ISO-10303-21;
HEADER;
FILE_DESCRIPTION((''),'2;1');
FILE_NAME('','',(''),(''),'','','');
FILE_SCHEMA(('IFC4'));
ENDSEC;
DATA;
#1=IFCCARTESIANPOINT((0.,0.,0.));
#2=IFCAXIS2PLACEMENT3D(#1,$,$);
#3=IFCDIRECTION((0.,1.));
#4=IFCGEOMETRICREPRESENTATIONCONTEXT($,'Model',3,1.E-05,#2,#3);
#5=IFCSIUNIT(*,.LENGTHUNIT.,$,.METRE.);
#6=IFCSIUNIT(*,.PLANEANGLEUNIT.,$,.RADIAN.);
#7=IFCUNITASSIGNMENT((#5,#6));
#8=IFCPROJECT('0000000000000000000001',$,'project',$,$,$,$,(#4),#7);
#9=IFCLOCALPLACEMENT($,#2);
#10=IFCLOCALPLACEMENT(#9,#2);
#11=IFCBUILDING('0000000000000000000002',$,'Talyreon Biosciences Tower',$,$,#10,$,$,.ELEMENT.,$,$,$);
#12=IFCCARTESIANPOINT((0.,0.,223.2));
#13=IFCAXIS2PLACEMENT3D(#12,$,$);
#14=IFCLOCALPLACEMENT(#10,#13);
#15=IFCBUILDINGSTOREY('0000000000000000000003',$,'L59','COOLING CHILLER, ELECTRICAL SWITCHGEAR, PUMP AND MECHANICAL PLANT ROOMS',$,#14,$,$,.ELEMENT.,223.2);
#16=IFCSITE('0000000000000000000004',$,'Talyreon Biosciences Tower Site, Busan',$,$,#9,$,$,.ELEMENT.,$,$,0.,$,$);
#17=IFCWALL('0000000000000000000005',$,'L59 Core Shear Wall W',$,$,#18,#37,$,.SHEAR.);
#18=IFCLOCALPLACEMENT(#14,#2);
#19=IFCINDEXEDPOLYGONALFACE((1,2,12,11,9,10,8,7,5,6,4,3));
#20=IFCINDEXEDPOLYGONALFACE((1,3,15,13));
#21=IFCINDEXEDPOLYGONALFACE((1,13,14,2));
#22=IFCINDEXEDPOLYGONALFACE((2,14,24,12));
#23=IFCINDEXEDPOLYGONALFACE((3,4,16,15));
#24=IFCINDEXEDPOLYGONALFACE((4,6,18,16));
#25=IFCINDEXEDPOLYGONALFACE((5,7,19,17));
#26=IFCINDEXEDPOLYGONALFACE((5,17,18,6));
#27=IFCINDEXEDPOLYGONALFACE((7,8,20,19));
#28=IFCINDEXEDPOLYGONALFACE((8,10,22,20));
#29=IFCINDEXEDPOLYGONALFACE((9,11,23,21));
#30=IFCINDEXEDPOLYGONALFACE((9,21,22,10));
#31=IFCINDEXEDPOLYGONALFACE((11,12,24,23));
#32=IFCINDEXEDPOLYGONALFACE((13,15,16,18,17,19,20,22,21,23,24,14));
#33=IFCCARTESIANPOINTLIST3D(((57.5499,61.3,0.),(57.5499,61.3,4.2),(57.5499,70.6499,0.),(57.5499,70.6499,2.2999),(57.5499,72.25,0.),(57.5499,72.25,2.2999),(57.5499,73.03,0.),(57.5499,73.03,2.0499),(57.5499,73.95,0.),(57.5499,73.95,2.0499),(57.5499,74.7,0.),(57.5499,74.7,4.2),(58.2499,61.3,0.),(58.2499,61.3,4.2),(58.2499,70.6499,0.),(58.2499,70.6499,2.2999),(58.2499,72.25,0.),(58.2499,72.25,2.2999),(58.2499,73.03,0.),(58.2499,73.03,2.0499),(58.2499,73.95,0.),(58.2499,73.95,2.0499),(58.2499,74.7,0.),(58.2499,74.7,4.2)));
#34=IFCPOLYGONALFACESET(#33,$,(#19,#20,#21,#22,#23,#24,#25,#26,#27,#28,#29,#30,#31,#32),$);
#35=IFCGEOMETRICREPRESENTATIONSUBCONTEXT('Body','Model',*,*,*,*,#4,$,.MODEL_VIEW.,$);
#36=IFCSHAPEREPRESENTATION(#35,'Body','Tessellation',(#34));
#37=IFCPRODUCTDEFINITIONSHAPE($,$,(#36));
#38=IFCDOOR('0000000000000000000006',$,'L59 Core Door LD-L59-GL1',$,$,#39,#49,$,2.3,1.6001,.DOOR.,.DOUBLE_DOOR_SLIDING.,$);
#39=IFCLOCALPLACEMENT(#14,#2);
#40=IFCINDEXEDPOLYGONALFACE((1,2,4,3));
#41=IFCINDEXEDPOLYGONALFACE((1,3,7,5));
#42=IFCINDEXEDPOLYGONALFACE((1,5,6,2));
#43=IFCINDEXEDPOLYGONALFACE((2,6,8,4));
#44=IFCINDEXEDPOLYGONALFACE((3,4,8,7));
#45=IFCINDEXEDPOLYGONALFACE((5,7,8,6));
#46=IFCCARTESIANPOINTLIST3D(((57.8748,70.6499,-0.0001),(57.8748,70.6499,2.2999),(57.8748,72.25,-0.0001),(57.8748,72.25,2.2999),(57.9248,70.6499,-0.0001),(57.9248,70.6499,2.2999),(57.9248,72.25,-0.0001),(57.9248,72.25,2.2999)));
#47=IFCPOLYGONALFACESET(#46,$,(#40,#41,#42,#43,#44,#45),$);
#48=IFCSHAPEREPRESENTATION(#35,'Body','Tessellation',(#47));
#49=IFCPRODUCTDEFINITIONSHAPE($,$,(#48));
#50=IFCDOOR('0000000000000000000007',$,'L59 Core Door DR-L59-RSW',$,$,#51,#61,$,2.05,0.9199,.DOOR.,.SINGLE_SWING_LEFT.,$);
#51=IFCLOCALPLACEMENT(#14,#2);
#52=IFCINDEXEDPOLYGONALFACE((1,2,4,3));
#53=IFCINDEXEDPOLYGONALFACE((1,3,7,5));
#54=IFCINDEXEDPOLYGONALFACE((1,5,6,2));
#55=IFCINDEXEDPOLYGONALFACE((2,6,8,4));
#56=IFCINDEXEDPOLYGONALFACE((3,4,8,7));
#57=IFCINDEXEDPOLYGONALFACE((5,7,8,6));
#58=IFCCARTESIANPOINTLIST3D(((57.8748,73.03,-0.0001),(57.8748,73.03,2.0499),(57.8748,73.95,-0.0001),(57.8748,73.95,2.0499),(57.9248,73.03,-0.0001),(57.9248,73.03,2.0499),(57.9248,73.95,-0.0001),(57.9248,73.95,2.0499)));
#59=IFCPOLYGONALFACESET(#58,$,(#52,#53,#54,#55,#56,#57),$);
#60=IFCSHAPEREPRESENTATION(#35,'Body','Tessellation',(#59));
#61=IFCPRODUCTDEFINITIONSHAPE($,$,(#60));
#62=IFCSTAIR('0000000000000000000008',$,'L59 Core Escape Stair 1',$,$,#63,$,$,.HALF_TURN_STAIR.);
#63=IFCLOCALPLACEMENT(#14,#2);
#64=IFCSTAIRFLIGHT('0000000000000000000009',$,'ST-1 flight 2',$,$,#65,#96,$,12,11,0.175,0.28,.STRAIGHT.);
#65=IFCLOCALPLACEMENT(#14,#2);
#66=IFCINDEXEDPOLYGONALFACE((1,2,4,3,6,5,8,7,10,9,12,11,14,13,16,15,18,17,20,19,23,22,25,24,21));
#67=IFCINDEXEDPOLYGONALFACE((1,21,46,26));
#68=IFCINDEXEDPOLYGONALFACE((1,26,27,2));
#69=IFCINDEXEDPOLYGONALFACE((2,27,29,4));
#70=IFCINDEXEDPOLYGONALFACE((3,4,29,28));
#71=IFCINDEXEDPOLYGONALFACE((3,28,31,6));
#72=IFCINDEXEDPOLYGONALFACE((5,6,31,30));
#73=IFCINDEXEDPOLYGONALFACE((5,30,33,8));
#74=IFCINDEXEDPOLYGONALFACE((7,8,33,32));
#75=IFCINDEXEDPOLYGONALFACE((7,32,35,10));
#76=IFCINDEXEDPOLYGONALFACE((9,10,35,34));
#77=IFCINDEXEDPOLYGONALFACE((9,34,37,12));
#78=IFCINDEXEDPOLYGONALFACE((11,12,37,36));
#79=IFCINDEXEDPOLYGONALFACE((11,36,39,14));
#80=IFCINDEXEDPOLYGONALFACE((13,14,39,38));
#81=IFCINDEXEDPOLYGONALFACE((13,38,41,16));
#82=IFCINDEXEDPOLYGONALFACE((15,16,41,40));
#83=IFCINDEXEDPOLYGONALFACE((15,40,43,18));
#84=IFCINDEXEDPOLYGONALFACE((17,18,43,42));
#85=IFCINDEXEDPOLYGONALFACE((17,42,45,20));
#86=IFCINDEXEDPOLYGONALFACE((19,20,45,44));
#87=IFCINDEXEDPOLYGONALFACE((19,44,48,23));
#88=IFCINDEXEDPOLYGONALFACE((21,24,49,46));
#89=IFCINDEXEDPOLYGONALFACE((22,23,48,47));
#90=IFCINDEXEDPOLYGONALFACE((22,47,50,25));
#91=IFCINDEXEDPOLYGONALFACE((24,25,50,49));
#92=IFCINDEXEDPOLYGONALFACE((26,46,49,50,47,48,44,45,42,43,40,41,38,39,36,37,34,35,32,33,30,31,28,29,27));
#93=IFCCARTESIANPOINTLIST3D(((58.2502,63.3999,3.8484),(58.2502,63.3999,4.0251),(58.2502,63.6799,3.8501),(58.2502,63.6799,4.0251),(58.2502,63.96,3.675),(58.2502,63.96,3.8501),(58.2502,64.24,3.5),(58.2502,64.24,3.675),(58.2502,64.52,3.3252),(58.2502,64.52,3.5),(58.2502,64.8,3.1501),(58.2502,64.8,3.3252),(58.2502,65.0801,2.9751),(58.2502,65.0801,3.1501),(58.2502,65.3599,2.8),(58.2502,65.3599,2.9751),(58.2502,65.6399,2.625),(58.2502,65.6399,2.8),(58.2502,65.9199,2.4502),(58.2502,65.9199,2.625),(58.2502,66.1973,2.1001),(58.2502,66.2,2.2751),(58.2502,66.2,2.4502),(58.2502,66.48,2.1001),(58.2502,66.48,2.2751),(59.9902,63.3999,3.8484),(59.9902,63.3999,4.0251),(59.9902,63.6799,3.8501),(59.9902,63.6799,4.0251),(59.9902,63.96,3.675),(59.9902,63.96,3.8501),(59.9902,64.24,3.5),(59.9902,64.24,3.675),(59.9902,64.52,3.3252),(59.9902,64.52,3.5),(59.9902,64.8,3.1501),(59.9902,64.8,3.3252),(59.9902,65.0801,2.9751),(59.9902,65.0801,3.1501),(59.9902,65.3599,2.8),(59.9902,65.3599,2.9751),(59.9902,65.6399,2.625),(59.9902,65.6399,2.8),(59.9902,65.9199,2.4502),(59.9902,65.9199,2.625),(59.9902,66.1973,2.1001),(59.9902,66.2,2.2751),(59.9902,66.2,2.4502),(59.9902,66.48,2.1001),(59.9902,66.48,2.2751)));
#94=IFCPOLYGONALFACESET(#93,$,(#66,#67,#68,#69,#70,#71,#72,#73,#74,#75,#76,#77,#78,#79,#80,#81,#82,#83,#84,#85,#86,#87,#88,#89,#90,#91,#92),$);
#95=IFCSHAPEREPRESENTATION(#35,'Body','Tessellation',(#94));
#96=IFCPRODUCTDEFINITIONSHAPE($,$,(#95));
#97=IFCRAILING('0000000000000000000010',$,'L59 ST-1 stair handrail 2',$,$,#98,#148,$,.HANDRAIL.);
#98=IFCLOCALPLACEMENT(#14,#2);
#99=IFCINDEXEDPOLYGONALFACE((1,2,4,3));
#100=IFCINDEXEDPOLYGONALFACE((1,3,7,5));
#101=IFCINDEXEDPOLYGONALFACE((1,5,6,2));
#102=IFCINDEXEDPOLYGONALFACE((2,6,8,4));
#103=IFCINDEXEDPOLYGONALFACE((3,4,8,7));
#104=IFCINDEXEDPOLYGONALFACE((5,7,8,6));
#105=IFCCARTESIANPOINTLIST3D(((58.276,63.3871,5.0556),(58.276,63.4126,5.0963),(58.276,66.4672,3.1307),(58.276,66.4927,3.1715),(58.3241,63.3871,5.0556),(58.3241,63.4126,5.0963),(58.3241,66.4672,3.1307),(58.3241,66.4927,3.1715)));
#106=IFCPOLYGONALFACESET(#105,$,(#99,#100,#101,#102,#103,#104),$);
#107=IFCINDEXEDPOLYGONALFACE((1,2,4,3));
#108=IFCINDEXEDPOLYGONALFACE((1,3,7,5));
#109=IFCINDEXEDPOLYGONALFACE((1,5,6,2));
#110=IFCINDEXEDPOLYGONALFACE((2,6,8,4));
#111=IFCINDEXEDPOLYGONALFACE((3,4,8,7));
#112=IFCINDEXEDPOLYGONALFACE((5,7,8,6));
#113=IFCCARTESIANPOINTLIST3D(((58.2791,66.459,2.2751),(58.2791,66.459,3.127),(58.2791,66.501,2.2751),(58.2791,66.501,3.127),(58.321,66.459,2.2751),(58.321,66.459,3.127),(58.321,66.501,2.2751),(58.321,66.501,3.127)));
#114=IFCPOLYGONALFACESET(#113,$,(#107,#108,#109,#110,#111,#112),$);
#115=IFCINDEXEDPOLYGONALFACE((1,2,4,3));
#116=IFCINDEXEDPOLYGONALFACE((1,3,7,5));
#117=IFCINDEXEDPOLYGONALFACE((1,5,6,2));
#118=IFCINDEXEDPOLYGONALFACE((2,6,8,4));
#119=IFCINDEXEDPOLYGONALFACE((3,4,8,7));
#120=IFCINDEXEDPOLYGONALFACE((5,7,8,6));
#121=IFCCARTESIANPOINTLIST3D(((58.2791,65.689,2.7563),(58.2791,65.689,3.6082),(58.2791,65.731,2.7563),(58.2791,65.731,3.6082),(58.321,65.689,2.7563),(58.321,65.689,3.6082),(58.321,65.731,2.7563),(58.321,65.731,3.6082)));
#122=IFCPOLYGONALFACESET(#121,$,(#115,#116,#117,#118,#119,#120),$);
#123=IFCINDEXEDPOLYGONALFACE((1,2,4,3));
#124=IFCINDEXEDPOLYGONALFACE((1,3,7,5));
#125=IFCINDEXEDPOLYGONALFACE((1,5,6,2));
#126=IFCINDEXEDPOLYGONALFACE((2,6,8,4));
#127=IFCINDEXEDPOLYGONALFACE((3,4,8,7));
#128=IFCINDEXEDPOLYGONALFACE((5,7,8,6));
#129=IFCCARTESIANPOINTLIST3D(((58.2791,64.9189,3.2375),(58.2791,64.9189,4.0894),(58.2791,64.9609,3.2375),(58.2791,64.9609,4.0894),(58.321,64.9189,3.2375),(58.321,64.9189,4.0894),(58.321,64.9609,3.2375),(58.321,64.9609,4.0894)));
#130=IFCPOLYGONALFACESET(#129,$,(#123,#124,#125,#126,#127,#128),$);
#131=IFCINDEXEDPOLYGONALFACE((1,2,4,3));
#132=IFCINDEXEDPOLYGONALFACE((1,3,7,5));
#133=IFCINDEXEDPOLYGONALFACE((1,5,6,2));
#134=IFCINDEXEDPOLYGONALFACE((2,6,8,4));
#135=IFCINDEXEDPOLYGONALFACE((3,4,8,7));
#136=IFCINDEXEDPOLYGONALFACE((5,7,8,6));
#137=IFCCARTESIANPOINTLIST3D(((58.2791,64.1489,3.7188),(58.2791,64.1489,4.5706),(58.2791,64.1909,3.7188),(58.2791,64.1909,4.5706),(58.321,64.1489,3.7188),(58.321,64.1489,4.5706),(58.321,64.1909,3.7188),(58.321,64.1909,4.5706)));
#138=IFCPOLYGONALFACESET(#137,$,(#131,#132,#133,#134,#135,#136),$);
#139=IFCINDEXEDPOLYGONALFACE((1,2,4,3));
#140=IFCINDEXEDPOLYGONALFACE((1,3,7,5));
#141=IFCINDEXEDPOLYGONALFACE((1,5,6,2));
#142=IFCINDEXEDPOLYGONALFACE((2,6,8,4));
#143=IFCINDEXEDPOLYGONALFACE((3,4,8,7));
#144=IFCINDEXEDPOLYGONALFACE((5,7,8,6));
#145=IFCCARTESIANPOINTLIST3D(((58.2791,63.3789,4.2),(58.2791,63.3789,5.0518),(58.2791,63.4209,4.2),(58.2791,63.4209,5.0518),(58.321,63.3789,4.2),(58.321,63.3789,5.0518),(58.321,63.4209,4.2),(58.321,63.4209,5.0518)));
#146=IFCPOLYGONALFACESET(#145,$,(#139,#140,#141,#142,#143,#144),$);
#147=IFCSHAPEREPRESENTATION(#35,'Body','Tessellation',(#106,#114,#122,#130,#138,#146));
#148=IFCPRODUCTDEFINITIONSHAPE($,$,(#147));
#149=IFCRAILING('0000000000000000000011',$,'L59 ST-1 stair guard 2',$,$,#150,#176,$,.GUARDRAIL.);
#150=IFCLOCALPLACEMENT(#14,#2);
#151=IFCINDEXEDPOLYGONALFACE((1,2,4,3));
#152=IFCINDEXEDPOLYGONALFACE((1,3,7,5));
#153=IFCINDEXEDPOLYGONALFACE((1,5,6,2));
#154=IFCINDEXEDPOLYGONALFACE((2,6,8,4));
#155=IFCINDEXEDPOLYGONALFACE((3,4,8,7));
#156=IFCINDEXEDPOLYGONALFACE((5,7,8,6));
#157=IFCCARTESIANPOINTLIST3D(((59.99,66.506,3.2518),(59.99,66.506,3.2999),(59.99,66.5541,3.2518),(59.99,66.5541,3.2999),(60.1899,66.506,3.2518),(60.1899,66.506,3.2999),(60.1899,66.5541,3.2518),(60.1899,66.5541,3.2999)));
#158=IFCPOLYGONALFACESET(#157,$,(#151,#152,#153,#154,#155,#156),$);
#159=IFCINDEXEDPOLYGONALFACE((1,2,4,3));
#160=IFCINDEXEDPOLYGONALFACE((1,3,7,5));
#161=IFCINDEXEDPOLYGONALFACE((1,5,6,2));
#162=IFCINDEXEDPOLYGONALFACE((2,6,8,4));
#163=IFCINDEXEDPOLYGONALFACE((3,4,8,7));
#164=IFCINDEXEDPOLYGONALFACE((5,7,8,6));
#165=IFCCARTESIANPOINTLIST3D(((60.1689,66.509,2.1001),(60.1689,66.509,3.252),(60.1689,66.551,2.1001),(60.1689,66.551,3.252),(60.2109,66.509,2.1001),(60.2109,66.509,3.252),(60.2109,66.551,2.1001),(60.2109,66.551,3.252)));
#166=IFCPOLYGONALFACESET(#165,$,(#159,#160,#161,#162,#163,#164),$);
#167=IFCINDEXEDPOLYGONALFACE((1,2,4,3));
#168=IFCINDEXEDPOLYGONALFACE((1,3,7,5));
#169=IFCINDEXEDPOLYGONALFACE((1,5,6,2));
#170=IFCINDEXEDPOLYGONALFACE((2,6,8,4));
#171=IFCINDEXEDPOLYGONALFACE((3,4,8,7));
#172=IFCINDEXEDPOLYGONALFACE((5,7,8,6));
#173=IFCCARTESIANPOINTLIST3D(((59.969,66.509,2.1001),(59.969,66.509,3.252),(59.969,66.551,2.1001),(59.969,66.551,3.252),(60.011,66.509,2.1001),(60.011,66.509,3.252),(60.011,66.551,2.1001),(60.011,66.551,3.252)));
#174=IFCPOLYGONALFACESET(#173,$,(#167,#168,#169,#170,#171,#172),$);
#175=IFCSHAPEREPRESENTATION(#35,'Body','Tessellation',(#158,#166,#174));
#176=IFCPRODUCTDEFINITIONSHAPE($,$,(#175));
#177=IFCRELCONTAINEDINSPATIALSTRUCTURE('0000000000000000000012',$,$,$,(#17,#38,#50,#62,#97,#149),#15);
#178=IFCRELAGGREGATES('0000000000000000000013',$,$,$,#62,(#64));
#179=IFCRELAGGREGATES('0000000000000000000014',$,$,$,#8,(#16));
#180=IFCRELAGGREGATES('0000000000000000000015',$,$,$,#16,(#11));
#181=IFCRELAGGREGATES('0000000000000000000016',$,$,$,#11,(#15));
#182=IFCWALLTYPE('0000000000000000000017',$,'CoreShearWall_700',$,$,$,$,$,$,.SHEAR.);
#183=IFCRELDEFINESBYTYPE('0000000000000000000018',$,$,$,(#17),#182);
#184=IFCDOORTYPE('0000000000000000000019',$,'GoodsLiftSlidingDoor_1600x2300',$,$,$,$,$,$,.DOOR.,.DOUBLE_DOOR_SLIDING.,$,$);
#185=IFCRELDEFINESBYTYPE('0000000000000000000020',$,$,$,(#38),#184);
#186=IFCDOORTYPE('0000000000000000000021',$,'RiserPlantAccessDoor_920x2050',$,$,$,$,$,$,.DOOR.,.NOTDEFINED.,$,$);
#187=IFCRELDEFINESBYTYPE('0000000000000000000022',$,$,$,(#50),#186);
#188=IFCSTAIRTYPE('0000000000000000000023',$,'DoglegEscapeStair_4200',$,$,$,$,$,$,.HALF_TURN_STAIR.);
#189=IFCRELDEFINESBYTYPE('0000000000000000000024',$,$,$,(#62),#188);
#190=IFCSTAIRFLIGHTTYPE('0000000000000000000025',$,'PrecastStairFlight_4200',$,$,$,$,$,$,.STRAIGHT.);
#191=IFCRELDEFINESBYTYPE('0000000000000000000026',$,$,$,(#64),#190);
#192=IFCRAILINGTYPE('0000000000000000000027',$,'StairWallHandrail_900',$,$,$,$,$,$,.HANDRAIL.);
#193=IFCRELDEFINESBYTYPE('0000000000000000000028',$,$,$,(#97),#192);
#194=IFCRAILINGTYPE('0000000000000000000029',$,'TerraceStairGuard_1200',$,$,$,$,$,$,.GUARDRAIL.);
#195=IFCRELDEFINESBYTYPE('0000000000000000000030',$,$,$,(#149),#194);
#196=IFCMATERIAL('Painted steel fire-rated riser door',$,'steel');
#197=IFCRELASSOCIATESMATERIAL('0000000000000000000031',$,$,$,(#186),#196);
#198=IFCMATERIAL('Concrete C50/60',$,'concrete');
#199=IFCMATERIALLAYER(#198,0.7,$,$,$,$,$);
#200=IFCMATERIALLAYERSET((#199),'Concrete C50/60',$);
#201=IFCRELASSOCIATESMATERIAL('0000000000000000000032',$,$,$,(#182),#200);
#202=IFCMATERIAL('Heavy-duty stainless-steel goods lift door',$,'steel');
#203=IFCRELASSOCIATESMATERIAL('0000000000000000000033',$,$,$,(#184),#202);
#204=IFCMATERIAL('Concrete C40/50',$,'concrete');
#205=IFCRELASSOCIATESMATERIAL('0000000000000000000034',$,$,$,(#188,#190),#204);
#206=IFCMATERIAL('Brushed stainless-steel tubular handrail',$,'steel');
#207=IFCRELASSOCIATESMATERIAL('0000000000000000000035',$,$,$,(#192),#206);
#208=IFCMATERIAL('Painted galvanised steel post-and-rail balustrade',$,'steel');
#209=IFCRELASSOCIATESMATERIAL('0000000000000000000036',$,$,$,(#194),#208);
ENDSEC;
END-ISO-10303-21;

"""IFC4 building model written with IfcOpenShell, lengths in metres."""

from ifc_helpers import new_model, si_unit, direction, frame, frame_2d, origin, origin_2d, place, context, subcontext, project, spatial, polyline, rectangle, outline, extrude, material, layer, layer_set, type_object, element, fill, aggregate, save


model = new_model("IFC4")

# Units and contexts
model_context = context("Model", 3, precision=1e-05, world=origin(), true_north=direction((0.0, 1.0)))
body_context = subcontext(model_context, "Body", "Model", "MODEL_VIEW")
ifc_project = project(units=[si_unit("LENGTHUNIT", "METRE"), si_unit("PLANEANGLEUNIT", "RADIAN")], contexts=[model_context])

# Site, building, storey
site_placement = place(None, origin())
site = spatial("IfcSite", under=ifc_project, at=site_placement, Name="Talyreon Biosciences Tower Site, Busan", CompositionType="ELEMENT", RefElevation=0.0)
building_placement = place(site_placement, origin())
building = spatial("IfcBuilding", under=site, at=building_placement, Name="Talyreon Biosciences Tower", CompositionType="ELEMENT")
storey_placement = place(building_placement, frame((0.0, 0.0, 223.2)))
storey = spatial("IfcBuildingStorey", under=building, at=storey_placement, Name="L59", Description="COOLING CHILLER, ELECTRICAL SWITCHGEAR, PUMP AND MECHANICAL PLANT ROOMS", CompositionType="ELEMENT", Elevation=223.2)

# Shared definitions
ifc_material_1 = material(Name="Concrete C50/60", Category="concrete")

# Shared definitions
ifc_material_2 = material(Name="Painted steel fire-rated riser door", Category="steel")
door_type_1 = type_object("IfcDoorType", Name="RiserPlantAccessDoor_920x2050", OperationType="NOTDEFINED", PredefinedType="DOOR", material=ifc_material_2)

# Shared definitions
ifc_layer_1 = layer(ifc_material_1, 0.7)
ifc_layer_set_1 = layer_set([ifc_layer_1], Name="Concrete C50/60")
wall_type_1 = type_object("IfcWallType", Name="CoreShearWall_700", PredefinedType="SHEAR", material=ifc_layer_set_1)

# Wall, openings, doors
wall_1_placement = place(storey_placement, frame((57.8999, 74.7, 0.0), z_axis=(0.0, 0.0, 1.0), x_axis=(0.0, -1.0, 0.0)))
wall_1 = element("IfcWall", 1, at=wall_1_placement, inside=storey, type_object=wall_type_1, Name="L59 Core Shear Wall W", PredefinedType="SHEAR", context=body_context, shape_type="SweptSolid", body=[
    extrude(rectangle(XDim=13.3999, YDim=0.7, at=frame_2d((6.7, 0.0))), origin(), (0.0, 0.0, 1.0), 4.2),
])
opening_1_placement = place(wall_1_placement, frame((0.75, 0.0, 0.0)))
opening_1 = element("IfcOpeningElement", 2, at=opening_1_placement, cuts=wall_1, PredefinedType="OPENING", context=body_context, shape_type="SweptSolid", body=[
    extrude(rectangle(XDim=0.9199, YDim=2.05, at=frame_2d((0.46, 1.0249))), frame((0.0, 0.3599, 0.0), z_axis=(0.0, -1.0, 0.0), x_axis=(1.0, 0.0, 0.0)), (0.0, 0.0, 1.0), 0.72),
])
opening_2_placement = place(wall_1_placement, frame((2.45, 0.0, 0.0)))
opening_2 = element("IfcOpeningElement", 3, at=opening_2_placement, cuts=wall_1, PredefinedType="OPENING", context=body_context, shape_type="SweptSolid", body=[
    extrude(rectangle(XDim=1.6001, YDim=2.3, at=frame_2d((0.8, 1.1499))), frame((0.0, 0.3599, 0.0), z_axis=(0.0, -1.0, 0.0), x_axis=(1.0, 0.0, 0.0)), (0.0, 0.0, 1.0), 0.72),
])
ifc_material_3 = material(Name="Heavy-duty stainless-steel goods lift door", Category="steel")
door_type_2 = type_object("IfcDoorType", Name="GoodsLiftSlidingDoor_1600x2300", OperationType="DOUBLE_DOOR_SLIDING", PredefinedType="DOOR", material=ifc_material_3)
door_1_placement = place(opening_2_placement, origin())
door_1 = element("IfcDoor", 4, at=door_1_placement, inside=storey, type_object=door_type_2, Name="L59 Core Door LD-L59-GL1", OperationType="DOUBLE_DOOR_SLIDING", OverallHeight=2.3, OverallWidth=1.6001, PredefinedType="DOOR", context=body_context, shape_type="SweptSolid", body=[
    extrude(rectangle(XDim=1.6001, YDim=2.3, at=frame_2d((0.8, 1.1499))), frame((0.0, 0.0249, 0.0), z_axis=(0.0, -1.0, 0.0), x_axis=(1.0, 0.0, 0.0)), (0.0, 0.0, 1.0), 0.05),
])
fill(opening_2, door_1)
door_2_placement = place(opening_1_placement, origin())
door_2 = element("IfcDoor", 5, at=door_2_placement, inside=storey, type_object=door_type_1, Name="L59 Core Door DR-L59-RSW", OperationType="SINGLE_SWING_LEFT", OverallHeight=2.05, OverallWidth=0.9199, PredefinedType="DOOR", context=body_context, shape_type="SweptSolid", body=[
    extrude(rectangle(XDim=0.9199, YDim=2.05, at=frame_2d((0.46, 1.0249))), frame((0.0, 0.0249, 0.0), z_axis=(0.0, -1.0, 0.0), x_axis=(1.0, 0.0, 0.0)), (0.0, 0.0, 1.0), 0.05),
])
fill(opening_1, door_2)

# Stair, stair flight
ifc_material_4 = material(Name="Concrete C40/50", Category="concrete")
stair_type = type_object("IfcStairType", Name="DoglegEscapeStair_4200", PredefinedType="HALF_TURN_STAIR", material=ifc_material_4)
stair_placement = place(storey_placement, origin())
stair = element("IfcStair", 6, at=stair_placement, inside=storey, type_object=stair_type, Name="L59 Core Escape Stair 1", PredefinedType="HALF_TURN_STAIR")
stair_flight_type = type_object("IfcStairFlightType", Name="PrecastStairFlight_4200", PredefinedType="STRAIGHT", material=ifc_material_4)
stair_flight_placement = place(storey_placement, frame((59.1201, 66.48, 2.1001), z_axis=(0.0, 0.0, 1.0), x_axis=(0.0, -1.0, 0.0)))
stair_flight = element("IfcStairFlight", 7, at=stair_flight_placement, type_object=stair_flight_type, Name="ST-1 flight 2", NumberOfRisers=12, NumberOfTreads=11, PredefinedType="STRAIGHT", RiserHeight=0.175, TreadLength=0.28, context=body_context, shape_type="SweptSolid", body=[
    extrude(outline(polyline([(0.0, 0.0), (0.0, 0.175), (0.28, 0.175), (0.28, 0.3501), (0.5601, 0.3501), (0.5601, 0.5249), (0.8401, 0.5249), (0.8401, 0.7), (1.1201, 0.7), (1.1201, 0.875), (1.3999, 0.875), (1.3999, 1.05), (1.6799, 1.05), (1.6799, 1.2251), (1.96, 1.2251), (1.96, 1.3999), (2.24, 1.3999), (2.24, 1.575), (2.52, 1.575), (2.52, 1.75), (2.8, 1.75), (2.8, 1.925), (3.0801, 1.925), (3.0801, 2.1001), (3.0801, 1.7483), (0.2827, 0.0), (0.0, 0.0)])), frame((0.0, 0.8701, 0.0), z_axis=(0.0, -1.0, 0.0), x_axis=(1.0, 0.0, 0.0)), (0.0, 0.0, 1.0), 1.74),
])
aggregate(stair, [stair_flight])

# Railings
ifc_material_5 = material(Name="Brushed stainless-steel tubular handrail", Category="steel")
railing_type_1 = type_object("IfcRailingType", Name="StairWallHandrail_900", PredefinedType="HANDRAIL", material=ifc_material_5)
railing_1_placement = place(storey_placement, frame((58.3, 66.48, 2.2751)))
element("IfcRailing", 8, at=railing_1_placement, inside=storey, type_object=railing_type_1, Name="L59 ST-1 stair handrail 2", PredefinedType="HANDRAIL", context=body_context, shape_type="SweptSolid", body=[
    extrude(rectangle(XDim=0.0481, YDim=0.0481, at=origin_2d()), frame((0.0, 0.0, 0.876), z_axis=(0.0, -0.848029, 0.529951), x_axis=(1.0, 0.0, 0.0)), (0.0, 0.0, 1.0), 3.6321),
    extrude(rectangle(XDim=0.042, YDim=0.042, at=origin_2d()), origin(), (0.0, 0.0, 1.0), 0.8518),
    extrude(rectangle(XDim=0.042, YDim=0.042, at=origin_2d()), frame((0.0, -0.77, 0.4812)), (0.0, 0.0, 1.0), 0.8518),
    extrude(rectangle(XDim=0.042, YDim=0.042, at=origin_2d()), frame((0.0, -1.54, 0.9624)), (0.0, 0.0, 1.0), 0.8518),
    extrude(rectangle(XDim=0.042, YDim=0.042, at=origin_2d()), frame((0.0, -2.3101, 1.4436)), (0.0, 0.0, 1.0), 0.8518),
    extrude(rectangle(XDim=0.042, YDim=0.042, at=origin_2d()), frame((0.0, -3.0801, 1.9248)), (0.0, 0.0, 1.0), 0.8518),
])
ifc_material_6 = material(Name="Painted galvanised steel post-and-rail balustrade", Category="steel")
railing_type_2 = type_object("IfcRailingType", Name="TerraceStairGuard_1200", PredefinedType="GUARDRAIL", material=ifc_material_6)
railing_2_placement = place(storey_placement, frame((60.1899, 66.53, 2.1001)))
element("IfcRailing", 9, at=railing_2_placement, inside=storey, type_object=railing_type_2, Name="L59 ST-1 stair guard 2", PredefinedType="GUARDRAIL", context=body_context, shape_type="SweptSolid", body=[
    extrude(rectangle(XDim=0.0481, YDim=0.0481, at=origin_2d()), frame((0.0, 0.0, 1.1758), z_axis=(-1.0, 0.0, 0.0), x_axis=(0.0, -1.0, 0.0)), (0.0, 0.0, 1.0), 0.2),
    extrude(rectangle(XDim=0.042, YDim=0.042, at=origin_2d()), origin(), (0.0, 0.0, 1.0), 1.1519),
    extrude(rectangle(XDim=0.042, YDim=0.042, at=origin_2d()), frame((-0.2, 0.0, 0.0)), (0.0, 0.0, 1.0), 1.1519),
])

save(model, "model.ifc")
